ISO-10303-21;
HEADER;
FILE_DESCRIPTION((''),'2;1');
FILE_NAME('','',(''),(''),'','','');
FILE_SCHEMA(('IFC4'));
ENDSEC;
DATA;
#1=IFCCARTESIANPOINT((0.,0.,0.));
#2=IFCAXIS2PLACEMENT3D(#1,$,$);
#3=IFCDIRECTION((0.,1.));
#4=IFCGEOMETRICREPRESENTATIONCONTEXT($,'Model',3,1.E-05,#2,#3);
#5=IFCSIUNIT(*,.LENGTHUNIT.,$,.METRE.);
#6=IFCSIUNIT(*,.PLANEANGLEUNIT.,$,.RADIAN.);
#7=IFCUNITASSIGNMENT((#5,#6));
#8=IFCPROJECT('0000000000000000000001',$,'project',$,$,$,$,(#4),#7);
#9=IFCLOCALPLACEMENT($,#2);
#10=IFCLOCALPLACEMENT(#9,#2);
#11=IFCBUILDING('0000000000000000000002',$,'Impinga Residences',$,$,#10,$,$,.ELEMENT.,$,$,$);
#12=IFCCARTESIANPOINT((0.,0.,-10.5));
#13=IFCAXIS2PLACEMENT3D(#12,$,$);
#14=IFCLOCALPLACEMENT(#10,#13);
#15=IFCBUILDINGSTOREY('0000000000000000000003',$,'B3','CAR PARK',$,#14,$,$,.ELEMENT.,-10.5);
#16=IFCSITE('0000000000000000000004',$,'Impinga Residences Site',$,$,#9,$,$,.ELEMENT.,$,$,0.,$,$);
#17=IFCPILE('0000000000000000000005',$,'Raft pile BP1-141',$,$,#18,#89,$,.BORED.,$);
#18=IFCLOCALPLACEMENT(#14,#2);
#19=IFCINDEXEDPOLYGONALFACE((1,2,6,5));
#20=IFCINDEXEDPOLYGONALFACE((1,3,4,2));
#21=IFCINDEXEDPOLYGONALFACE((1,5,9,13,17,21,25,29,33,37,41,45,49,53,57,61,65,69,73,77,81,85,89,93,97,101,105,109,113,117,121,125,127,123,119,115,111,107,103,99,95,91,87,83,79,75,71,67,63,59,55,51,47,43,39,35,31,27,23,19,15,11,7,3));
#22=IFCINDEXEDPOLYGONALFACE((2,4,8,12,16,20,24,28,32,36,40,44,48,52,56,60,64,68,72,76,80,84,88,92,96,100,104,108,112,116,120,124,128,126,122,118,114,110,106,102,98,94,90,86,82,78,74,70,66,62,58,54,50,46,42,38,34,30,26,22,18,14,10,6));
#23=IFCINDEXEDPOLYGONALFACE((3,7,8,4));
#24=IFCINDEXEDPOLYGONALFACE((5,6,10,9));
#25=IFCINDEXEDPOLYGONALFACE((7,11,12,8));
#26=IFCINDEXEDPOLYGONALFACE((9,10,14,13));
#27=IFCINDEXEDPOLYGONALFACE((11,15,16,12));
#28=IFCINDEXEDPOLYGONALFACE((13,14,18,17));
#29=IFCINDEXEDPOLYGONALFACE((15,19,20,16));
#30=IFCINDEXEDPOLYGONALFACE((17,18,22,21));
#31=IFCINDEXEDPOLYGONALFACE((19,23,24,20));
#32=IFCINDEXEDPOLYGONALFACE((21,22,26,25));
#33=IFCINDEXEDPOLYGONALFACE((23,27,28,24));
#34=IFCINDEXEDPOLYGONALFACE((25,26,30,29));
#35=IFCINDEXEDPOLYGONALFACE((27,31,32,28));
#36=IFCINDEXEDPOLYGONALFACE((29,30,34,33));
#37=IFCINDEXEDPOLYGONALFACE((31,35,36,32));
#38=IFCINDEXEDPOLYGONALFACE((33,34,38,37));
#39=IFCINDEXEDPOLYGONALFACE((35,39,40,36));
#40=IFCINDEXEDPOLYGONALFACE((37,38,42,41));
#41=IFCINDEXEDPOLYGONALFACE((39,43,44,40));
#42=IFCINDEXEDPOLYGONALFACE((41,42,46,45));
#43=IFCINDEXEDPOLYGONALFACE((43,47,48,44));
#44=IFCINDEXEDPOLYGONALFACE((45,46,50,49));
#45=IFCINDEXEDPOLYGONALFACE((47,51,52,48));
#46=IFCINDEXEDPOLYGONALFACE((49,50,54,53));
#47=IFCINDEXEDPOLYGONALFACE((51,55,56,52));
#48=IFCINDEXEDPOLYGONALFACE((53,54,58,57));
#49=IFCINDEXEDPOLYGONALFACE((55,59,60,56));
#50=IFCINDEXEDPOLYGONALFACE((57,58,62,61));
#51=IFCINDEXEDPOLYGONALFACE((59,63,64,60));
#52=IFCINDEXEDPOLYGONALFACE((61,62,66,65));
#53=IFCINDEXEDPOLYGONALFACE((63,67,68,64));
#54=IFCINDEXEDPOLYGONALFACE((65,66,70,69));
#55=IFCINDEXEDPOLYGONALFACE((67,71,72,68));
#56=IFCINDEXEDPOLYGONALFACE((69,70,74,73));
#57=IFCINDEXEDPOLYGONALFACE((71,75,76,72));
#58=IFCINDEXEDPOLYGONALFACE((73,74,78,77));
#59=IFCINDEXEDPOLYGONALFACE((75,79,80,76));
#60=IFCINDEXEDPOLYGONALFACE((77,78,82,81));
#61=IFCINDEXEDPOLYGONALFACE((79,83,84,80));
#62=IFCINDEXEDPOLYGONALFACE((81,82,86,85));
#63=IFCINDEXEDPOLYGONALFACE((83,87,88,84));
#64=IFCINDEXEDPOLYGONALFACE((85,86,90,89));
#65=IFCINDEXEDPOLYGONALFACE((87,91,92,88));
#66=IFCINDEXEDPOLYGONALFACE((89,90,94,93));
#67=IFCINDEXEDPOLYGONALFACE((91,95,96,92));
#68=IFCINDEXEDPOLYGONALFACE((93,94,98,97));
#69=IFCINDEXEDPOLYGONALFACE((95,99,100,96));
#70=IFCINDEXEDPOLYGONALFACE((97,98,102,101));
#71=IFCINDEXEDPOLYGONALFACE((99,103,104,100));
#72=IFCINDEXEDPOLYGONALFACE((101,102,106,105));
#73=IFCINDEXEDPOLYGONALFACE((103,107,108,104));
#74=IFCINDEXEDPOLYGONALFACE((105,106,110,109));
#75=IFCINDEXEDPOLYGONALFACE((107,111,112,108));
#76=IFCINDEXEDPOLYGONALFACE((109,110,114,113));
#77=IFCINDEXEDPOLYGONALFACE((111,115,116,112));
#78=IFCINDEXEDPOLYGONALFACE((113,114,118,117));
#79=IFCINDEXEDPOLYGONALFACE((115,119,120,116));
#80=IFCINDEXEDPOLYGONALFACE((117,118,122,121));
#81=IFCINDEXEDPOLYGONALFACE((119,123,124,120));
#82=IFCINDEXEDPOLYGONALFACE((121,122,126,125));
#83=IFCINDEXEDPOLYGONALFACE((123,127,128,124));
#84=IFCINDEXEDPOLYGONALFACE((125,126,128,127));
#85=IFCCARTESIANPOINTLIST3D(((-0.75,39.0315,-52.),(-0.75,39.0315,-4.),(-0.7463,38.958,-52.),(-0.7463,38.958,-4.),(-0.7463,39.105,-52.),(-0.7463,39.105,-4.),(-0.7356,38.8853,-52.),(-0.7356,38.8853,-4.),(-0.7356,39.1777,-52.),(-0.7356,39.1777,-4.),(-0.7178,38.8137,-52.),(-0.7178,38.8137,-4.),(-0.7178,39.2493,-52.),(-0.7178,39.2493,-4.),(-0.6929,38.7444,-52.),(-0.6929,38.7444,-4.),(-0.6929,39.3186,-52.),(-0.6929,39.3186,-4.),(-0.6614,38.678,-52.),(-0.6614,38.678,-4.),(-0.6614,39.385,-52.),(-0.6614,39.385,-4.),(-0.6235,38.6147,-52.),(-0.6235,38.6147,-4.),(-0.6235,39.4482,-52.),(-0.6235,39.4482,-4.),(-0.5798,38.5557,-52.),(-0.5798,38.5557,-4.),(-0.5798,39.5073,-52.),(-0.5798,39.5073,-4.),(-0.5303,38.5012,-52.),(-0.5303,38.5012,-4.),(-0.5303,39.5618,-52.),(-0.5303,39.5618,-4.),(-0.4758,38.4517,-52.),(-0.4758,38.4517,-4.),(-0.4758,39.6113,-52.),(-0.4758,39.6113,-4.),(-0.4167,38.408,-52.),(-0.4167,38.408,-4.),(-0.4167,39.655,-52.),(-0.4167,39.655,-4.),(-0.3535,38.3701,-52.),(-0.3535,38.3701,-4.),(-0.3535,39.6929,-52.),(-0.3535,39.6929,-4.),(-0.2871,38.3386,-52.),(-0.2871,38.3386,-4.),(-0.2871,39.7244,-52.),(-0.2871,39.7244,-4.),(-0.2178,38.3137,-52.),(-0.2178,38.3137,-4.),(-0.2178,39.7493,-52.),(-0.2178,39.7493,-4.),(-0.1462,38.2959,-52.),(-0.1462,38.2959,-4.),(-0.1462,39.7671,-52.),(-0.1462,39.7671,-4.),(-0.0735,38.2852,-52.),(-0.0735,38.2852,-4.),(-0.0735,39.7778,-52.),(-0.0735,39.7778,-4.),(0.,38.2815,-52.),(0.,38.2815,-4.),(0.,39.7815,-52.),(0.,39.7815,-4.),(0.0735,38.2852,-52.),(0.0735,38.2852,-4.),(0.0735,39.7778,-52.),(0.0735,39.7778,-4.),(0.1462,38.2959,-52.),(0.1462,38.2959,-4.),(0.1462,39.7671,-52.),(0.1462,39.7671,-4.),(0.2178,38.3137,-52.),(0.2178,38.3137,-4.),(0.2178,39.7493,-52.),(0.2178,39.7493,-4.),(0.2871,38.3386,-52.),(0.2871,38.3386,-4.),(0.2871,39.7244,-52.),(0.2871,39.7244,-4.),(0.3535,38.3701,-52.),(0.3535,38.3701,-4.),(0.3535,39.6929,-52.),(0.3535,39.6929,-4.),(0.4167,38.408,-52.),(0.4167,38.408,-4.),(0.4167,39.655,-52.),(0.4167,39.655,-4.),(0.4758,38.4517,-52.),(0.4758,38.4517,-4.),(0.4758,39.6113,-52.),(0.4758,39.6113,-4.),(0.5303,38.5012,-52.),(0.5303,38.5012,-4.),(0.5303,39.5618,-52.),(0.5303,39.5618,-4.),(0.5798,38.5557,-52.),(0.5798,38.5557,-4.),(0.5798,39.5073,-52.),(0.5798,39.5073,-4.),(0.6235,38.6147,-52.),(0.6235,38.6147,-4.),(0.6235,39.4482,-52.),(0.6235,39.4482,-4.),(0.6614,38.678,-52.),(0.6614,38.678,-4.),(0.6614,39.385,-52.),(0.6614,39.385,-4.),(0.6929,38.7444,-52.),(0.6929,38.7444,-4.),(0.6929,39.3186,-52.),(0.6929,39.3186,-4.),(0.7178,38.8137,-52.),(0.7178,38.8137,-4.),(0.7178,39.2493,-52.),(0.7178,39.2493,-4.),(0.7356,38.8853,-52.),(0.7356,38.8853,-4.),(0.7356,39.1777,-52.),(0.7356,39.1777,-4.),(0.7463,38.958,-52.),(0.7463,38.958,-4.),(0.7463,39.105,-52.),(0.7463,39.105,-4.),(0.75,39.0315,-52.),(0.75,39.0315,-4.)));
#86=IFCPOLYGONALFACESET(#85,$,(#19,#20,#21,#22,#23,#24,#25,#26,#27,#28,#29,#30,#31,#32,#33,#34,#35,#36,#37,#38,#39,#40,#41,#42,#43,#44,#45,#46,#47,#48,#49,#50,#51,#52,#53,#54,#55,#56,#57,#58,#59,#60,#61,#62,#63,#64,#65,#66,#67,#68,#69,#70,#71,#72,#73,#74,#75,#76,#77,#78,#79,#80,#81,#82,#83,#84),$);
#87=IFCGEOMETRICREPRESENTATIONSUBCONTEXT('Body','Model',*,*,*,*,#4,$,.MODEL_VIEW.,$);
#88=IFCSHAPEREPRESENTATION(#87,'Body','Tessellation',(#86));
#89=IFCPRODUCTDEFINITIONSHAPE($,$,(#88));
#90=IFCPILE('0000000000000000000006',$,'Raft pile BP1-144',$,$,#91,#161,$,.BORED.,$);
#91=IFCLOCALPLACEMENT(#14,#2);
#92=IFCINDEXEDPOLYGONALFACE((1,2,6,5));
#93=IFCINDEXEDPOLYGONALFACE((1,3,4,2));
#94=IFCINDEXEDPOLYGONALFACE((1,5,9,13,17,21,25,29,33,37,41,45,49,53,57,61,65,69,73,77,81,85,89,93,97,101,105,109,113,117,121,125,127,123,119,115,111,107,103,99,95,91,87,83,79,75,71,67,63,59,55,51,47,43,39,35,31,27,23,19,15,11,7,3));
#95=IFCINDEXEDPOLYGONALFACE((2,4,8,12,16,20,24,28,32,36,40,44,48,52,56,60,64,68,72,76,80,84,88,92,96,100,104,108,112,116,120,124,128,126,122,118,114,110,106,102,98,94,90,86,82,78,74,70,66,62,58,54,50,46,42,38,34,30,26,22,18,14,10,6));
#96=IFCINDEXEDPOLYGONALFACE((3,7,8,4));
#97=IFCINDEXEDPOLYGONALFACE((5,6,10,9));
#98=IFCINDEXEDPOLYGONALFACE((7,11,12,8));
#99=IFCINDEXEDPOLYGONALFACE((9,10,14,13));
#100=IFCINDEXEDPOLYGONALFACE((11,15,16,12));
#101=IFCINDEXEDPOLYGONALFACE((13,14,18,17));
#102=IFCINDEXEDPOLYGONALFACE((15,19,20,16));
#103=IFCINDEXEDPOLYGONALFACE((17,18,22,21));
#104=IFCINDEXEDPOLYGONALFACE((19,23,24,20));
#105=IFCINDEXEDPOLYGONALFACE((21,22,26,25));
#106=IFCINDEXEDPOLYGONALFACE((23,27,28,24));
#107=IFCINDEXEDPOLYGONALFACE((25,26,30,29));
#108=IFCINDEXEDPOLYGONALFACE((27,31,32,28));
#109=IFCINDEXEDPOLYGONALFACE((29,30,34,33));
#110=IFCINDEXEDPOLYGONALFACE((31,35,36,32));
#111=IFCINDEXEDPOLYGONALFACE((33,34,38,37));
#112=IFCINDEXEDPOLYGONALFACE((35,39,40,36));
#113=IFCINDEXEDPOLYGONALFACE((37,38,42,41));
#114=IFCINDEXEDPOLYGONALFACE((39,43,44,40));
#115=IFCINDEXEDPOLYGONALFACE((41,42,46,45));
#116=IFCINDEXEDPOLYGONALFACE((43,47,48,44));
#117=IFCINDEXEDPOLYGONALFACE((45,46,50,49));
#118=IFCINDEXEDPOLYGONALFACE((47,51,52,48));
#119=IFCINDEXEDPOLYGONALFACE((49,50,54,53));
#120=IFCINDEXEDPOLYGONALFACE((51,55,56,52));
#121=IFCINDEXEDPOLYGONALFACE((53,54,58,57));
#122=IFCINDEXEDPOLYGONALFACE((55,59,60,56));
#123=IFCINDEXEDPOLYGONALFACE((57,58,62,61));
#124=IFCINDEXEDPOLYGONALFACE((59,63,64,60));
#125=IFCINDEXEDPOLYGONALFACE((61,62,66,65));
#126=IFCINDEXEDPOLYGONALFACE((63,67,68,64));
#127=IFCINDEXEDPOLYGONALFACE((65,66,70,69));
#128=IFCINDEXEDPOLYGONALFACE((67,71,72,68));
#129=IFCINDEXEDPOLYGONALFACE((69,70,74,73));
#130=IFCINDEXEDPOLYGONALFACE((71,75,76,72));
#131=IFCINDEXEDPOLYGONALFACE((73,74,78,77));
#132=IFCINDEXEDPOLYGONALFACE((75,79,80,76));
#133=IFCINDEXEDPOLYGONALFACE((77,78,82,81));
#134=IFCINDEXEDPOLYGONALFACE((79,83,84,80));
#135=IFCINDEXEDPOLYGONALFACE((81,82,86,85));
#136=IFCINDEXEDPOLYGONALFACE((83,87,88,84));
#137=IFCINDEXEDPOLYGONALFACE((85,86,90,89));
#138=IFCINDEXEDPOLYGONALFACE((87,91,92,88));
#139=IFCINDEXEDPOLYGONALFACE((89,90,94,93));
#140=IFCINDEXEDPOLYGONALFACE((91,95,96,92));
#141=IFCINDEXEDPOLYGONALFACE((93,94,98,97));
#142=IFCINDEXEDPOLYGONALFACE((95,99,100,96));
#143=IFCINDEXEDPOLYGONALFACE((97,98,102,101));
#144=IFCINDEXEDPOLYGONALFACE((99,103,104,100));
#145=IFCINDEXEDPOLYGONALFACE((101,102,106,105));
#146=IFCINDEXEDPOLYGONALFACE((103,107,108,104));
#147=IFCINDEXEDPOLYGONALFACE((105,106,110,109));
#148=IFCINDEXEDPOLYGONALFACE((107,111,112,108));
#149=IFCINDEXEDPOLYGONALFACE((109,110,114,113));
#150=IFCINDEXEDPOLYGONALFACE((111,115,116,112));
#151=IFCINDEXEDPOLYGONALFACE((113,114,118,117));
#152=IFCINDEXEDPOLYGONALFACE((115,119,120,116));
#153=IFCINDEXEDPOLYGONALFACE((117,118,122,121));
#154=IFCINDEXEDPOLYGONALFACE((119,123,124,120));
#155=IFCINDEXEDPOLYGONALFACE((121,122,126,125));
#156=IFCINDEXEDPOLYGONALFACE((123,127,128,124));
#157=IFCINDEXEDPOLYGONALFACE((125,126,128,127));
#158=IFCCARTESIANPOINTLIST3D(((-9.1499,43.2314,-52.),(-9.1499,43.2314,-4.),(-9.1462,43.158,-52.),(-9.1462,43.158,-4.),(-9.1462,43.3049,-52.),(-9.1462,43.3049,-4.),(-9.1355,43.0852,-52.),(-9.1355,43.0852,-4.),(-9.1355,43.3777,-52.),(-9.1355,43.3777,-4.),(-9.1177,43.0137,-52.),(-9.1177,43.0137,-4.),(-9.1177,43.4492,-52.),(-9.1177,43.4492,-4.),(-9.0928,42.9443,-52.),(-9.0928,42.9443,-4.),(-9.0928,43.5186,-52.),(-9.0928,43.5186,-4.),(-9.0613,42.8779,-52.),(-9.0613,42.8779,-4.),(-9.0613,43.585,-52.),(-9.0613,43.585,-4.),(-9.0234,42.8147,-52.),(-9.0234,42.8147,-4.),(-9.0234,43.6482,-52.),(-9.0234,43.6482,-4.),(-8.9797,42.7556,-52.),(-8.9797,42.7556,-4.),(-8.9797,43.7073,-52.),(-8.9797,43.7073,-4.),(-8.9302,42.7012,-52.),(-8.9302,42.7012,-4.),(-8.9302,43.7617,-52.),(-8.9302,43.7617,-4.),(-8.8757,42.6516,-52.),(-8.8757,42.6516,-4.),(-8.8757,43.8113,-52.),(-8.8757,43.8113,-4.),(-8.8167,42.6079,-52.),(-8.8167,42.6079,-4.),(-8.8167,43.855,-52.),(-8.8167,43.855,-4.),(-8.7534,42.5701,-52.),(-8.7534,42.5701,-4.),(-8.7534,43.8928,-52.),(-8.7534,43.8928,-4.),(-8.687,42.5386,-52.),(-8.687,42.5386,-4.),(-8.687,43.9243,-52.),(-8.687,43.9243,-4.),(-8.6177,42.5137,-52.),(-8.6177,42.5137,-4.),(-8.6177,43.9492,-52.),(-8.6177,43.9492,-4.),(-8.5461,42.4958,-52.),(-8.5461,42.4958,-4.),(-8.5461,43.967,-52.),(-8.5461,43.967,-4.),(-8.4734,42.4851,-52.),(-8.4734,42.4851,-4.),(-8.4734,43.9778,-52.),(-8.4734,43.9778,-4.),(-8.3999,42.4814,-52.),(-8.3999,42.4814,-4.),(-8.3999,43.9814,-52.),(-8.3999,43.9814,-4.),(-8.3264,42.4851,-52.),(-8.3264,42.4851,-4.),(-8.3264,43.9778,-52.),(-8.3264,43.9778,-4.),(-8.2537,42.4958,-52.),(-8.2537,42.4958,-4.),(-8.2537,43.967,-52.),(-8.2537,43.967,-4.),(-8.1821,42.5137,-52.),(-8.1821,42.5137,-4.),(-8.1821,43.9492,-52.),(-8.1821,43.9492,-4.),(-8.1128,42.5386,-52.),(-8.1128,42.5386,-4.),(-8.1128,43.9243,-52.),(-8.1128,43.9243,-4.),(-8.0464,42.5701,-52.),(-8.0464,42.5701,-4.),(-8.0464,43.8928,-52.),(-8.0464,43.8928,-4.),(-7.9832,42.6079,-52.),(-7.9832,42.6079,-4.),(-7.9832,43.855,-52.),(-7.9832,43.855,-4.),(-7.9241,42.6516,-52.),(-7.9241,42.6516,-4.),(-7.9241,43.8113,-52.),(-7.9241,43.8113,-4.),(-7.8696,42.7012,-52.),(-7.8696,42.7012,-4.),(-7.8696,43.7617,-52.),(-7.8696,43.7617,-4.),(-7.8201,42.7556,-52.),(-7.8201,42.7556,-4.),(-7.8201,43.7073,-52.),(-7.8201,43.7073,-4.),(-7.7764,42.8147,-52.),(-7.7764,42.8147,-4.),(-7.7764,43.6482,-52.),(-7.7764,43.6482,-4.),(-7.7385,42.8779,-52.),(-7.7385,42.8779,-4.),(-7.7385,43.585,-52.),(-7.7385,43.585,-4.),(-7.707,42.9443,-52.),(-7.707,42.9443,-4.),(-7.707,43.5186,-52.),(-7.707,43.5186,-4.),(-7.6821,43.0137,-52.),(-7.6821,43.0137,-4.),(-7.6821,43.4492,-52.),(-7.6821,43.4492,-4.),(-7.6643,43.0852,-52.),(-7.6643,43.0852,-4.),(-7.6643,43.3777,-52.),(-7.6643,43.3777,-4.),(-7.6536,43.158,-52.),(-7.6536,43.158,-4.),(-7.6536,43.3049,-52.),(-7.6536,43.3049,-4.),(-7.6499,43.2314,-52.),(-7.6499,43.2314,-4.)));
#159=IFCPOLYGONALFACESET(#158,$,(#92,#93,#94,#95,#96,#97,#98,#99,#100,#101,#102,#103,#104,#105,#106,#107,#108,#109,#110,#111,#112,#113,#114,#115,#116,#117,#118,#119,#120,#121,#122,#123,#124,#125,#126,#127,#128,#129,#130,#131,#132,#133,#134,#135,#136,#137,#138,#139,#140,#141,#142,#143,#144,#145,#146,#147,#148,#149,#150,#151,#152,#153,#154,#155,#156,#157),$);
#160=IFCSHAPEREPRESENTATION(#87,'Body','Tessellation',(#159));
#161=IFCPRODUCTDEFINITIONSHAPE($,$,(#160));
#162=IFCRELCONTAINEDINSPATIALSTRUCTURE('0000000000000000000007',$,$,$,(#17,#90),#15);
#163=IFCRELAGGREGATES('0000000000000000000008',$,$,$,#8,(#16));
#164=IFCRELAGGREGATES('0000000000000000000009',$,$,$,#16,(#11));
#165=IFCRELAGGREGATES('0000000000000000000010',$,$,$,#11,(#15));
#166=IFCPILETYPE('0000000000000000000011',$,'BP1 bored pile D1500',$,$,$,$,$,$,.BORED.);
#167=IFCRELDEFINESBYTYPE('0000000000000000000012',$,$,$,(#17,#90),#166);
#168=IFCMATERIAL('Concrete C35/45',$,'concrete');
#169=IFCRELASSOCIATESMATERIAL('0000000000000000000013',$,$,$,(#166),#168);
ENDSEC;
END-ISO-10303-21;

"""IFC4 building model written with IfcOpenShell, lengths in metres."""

from ifc_helpers import new_model, si_unit, direction, frame, origin, origin_2d, place, context, subcontext, project, spatial, polyline, circle, outline, extrude, material, material_profile, profile_set, type_object, element, save


model = new_model("IFC4")

# Units and contexts
model_context = context("Model", 3, precision=1e-05, world=origin(), true_north=direction((0.0, 1.0)))
body_context = subcontext(model_context, "Body", "Model", "MODEL_VIEW")
ifc_project = project(units=[si_unit("LENGTHUNIT", "METRE"), si_unit("PLANEANGLEUNIT", "RADIAN")], contexts=[model_context])

# Site, building, storey
site_placement = place(None, origin())
site = spatial("IfcSite", under=ifc_project, at=site_placement, Name="Impinga Residences Site", CompositionType="ELEMENT", RefElevation=0.0)
building_placement = place(site_placement, origin())
building = spatial("IfcBuilding", under=site, at=building_placement, Name="Impinga Residences", CompositionType="ELEMENT")
storey_placement = place(building_placement, frame((0.0, 0.0, -10.5)))
storey = spatial("IfcBuildingStorey", under=building, at=storey_placement, Name="B3", Description="CAR PARK", CompositionType="ELEMENT", Elevation=-10.5)

# Piles
ifc_material_1 = material(Name="Concrete C35/45", Category="concrete")
ifc_material_profile_1 = material_profile(ifc_material_1, circle(Radius=0.75, at=origin_2d()), Name="D1500")
ifc_profile_set_1 = profile_set([ifc_material_profile_1], Name="Concrete C35/45")
pile_type_1 = type_object("IfcPileType", Name="BP1 bored pile D1500", PredefinedType="BORED", material=ifc_profile_set_1)
pile_1_placement = place(storey_placement, frame((0.0, 39.0315, -4.0), z_axis=(0.0, 0.0, -1.0), x_axis=(1.0, 0.0, 0.0)))
element("IfcPile", 1, at=pile_1_placement, inside=storey, type_object=pile_type_1, Name="Raft pile BP1-141", PredefinedType="BORED", context=body_context, shape_type="SweptSolid", body=[
    extrude(outline(polyline([(0.75, 0.0), (0.7463, 0.0735), (0.7356, 0.1462), (0.7178, 0.2178), (0.6929, 0.2871), (0.6614, 0.3535), (0.6235, 0.4167), (0.5798, 0.4758), (0.5303, 0.5303), (0.4758, 0.5798), (0.4167, 0.6235), (0.3535, 0.6614), (0.2871, 0.6929), (0.2178, 0.7178), (0.1462, 0.7356), (0.0735, 0.7463), (0.0, 0.75), (-0.0735, 0.7463), (-0.1462, 0.7356), (-0.2178, 0.7178), (-0.2871, 0.6929), (-0.3535, 0.6614), (-0.4167, 0.6235), (-0.4758, 0.5798), (-0.5303, 0.5303), (-0.5798, 0.4758), (-0.6235, 0.4167), (-0.6614, 0.3535), (-0.6929, 0.2871), (-0.7178, 0.2178), (-0.7356, 0.1462), (-0.7463, 0.0735), (-0.75, 0.0), (-0.7463, -0.0735), (-0.7356, -0.1462), (-0.7178, -0.2178), (-0.6929, -0.2871), (-0.6614, -0.3535), (-0.6235, -0.4167), (-0.5798, -0.4758), (-0.5303, -0.5303), (-0.4758, -0.5798), (-0.4167, -0.6235), (-0.3535, -0.6614), (-0.2871, -0.6929), (-0.2178, -0.7178), (-0.1462, -0.7356), (-0.0735, -0.7463), (0.0, -0.75), (0.0735, -0.7463), (0.1462, -0.7356), (0.2178, -0.7178), (0.2871, -0.6929), (0.3535, -0.6614), (0.4167, -0.6235), (0.4758, -0.5798), (0.5303, -0.5303), (0.5798, -0.4758), (0.6235, -0.4167), (0.6614, -0.3535), (0.6929, -0.2871), (0.7178, -0.2178), (0.7356, -0.1462), (0.7463, -0.0735), (0.75, 0.0)])), origin(), (0.0, 0.0, 1.0), 48.0),
])
pile_2_placement = place(storey_placement, frame((-8.3999, 43.2314, -4.0), z_axis=(0.0, 0.0, -1.0), x_axis=(1.0, 0.0, 0.0)))
element("IfcPile", 2, at=pile_2_placement, inside=storey, type_object=pile_type_1, Name="Raft pile BP1-144", PredefinedType="BORED", context=body_context, shape_type="SweptSolid", body=[
    extrude(outline(polyline([(0.75, 0.0), (0.7463, 0.0735), (0.7356, 0.1462), (0.7178, 0.2178), (0.6929, 0.2871), (0.6614, 0.3535), (0.6235, 0.4167), (0.5798, 0.4758), (0.5303, 0.5303), (0.4758, 0.5798), (0.4167, 0.6235), (0.3535, 0.6614), (0.2871, 0.6929), (0.2178, 0.7178), (0.1462, 0.7356), (0.0735, 0.7463), (0.0, 0.75), (-0.0735, 0.7463), (-0.1462, 0.7356), (-0.2178, 0.7178), (-0.2871, 0.6929), (-0.3535, 0.6614), (-0.4167, 0.6235), (-0.4758, 0.5798), (-0.5303, 0.5303), (-0.5798, 0.4758), (-0.6235, 0.4167), (-0.6614, 0.3535), (-0.6929, 0.2871), (-0.7178, 0.2178), (-0.7356, 0.1462), (-0.7463, 0.0735), (-0.75, 0.0), (-0.7463, -0.0735), (-0.7356, -0.1462), (-0.7178, -0.2178), (-0.6929, -0.2871), (-0.6614, -0.3535), (-0.6235, -0.4167), (-0.5798, -0.4758), (-0.5303, -0.5303), (-0.4758, -0.5798), (-0.4167, -0.6235), (-0.3535, -0.6614), (-0.2871, -0.6929), (-0.2178, -0.7178), (-0.1462, -0.7356), (-0.0735, -0.7463), (0.0, -0.75), (0.0735, -0.7463), (0.1462, -0.7356), (0.2178, -0.7178), (0.2871, -0.6929), (0.3535, -0.6614), (0.4167, -0.6235), (0.4758, -0.5798), (0.5303, -0.5303), (0.5798, -0.4758), (0.6235, -0.4167), (0.6614, -0.3535), (0.6929, -0.2871), (0.7178, -0.2178), (0.7356, -0.1462), (0.7463, -0.0735), (0.75, 0.0)])), origin(), (0.0, 0.0, 1.0), 48.0),
])

save(model, "model.ifc")
